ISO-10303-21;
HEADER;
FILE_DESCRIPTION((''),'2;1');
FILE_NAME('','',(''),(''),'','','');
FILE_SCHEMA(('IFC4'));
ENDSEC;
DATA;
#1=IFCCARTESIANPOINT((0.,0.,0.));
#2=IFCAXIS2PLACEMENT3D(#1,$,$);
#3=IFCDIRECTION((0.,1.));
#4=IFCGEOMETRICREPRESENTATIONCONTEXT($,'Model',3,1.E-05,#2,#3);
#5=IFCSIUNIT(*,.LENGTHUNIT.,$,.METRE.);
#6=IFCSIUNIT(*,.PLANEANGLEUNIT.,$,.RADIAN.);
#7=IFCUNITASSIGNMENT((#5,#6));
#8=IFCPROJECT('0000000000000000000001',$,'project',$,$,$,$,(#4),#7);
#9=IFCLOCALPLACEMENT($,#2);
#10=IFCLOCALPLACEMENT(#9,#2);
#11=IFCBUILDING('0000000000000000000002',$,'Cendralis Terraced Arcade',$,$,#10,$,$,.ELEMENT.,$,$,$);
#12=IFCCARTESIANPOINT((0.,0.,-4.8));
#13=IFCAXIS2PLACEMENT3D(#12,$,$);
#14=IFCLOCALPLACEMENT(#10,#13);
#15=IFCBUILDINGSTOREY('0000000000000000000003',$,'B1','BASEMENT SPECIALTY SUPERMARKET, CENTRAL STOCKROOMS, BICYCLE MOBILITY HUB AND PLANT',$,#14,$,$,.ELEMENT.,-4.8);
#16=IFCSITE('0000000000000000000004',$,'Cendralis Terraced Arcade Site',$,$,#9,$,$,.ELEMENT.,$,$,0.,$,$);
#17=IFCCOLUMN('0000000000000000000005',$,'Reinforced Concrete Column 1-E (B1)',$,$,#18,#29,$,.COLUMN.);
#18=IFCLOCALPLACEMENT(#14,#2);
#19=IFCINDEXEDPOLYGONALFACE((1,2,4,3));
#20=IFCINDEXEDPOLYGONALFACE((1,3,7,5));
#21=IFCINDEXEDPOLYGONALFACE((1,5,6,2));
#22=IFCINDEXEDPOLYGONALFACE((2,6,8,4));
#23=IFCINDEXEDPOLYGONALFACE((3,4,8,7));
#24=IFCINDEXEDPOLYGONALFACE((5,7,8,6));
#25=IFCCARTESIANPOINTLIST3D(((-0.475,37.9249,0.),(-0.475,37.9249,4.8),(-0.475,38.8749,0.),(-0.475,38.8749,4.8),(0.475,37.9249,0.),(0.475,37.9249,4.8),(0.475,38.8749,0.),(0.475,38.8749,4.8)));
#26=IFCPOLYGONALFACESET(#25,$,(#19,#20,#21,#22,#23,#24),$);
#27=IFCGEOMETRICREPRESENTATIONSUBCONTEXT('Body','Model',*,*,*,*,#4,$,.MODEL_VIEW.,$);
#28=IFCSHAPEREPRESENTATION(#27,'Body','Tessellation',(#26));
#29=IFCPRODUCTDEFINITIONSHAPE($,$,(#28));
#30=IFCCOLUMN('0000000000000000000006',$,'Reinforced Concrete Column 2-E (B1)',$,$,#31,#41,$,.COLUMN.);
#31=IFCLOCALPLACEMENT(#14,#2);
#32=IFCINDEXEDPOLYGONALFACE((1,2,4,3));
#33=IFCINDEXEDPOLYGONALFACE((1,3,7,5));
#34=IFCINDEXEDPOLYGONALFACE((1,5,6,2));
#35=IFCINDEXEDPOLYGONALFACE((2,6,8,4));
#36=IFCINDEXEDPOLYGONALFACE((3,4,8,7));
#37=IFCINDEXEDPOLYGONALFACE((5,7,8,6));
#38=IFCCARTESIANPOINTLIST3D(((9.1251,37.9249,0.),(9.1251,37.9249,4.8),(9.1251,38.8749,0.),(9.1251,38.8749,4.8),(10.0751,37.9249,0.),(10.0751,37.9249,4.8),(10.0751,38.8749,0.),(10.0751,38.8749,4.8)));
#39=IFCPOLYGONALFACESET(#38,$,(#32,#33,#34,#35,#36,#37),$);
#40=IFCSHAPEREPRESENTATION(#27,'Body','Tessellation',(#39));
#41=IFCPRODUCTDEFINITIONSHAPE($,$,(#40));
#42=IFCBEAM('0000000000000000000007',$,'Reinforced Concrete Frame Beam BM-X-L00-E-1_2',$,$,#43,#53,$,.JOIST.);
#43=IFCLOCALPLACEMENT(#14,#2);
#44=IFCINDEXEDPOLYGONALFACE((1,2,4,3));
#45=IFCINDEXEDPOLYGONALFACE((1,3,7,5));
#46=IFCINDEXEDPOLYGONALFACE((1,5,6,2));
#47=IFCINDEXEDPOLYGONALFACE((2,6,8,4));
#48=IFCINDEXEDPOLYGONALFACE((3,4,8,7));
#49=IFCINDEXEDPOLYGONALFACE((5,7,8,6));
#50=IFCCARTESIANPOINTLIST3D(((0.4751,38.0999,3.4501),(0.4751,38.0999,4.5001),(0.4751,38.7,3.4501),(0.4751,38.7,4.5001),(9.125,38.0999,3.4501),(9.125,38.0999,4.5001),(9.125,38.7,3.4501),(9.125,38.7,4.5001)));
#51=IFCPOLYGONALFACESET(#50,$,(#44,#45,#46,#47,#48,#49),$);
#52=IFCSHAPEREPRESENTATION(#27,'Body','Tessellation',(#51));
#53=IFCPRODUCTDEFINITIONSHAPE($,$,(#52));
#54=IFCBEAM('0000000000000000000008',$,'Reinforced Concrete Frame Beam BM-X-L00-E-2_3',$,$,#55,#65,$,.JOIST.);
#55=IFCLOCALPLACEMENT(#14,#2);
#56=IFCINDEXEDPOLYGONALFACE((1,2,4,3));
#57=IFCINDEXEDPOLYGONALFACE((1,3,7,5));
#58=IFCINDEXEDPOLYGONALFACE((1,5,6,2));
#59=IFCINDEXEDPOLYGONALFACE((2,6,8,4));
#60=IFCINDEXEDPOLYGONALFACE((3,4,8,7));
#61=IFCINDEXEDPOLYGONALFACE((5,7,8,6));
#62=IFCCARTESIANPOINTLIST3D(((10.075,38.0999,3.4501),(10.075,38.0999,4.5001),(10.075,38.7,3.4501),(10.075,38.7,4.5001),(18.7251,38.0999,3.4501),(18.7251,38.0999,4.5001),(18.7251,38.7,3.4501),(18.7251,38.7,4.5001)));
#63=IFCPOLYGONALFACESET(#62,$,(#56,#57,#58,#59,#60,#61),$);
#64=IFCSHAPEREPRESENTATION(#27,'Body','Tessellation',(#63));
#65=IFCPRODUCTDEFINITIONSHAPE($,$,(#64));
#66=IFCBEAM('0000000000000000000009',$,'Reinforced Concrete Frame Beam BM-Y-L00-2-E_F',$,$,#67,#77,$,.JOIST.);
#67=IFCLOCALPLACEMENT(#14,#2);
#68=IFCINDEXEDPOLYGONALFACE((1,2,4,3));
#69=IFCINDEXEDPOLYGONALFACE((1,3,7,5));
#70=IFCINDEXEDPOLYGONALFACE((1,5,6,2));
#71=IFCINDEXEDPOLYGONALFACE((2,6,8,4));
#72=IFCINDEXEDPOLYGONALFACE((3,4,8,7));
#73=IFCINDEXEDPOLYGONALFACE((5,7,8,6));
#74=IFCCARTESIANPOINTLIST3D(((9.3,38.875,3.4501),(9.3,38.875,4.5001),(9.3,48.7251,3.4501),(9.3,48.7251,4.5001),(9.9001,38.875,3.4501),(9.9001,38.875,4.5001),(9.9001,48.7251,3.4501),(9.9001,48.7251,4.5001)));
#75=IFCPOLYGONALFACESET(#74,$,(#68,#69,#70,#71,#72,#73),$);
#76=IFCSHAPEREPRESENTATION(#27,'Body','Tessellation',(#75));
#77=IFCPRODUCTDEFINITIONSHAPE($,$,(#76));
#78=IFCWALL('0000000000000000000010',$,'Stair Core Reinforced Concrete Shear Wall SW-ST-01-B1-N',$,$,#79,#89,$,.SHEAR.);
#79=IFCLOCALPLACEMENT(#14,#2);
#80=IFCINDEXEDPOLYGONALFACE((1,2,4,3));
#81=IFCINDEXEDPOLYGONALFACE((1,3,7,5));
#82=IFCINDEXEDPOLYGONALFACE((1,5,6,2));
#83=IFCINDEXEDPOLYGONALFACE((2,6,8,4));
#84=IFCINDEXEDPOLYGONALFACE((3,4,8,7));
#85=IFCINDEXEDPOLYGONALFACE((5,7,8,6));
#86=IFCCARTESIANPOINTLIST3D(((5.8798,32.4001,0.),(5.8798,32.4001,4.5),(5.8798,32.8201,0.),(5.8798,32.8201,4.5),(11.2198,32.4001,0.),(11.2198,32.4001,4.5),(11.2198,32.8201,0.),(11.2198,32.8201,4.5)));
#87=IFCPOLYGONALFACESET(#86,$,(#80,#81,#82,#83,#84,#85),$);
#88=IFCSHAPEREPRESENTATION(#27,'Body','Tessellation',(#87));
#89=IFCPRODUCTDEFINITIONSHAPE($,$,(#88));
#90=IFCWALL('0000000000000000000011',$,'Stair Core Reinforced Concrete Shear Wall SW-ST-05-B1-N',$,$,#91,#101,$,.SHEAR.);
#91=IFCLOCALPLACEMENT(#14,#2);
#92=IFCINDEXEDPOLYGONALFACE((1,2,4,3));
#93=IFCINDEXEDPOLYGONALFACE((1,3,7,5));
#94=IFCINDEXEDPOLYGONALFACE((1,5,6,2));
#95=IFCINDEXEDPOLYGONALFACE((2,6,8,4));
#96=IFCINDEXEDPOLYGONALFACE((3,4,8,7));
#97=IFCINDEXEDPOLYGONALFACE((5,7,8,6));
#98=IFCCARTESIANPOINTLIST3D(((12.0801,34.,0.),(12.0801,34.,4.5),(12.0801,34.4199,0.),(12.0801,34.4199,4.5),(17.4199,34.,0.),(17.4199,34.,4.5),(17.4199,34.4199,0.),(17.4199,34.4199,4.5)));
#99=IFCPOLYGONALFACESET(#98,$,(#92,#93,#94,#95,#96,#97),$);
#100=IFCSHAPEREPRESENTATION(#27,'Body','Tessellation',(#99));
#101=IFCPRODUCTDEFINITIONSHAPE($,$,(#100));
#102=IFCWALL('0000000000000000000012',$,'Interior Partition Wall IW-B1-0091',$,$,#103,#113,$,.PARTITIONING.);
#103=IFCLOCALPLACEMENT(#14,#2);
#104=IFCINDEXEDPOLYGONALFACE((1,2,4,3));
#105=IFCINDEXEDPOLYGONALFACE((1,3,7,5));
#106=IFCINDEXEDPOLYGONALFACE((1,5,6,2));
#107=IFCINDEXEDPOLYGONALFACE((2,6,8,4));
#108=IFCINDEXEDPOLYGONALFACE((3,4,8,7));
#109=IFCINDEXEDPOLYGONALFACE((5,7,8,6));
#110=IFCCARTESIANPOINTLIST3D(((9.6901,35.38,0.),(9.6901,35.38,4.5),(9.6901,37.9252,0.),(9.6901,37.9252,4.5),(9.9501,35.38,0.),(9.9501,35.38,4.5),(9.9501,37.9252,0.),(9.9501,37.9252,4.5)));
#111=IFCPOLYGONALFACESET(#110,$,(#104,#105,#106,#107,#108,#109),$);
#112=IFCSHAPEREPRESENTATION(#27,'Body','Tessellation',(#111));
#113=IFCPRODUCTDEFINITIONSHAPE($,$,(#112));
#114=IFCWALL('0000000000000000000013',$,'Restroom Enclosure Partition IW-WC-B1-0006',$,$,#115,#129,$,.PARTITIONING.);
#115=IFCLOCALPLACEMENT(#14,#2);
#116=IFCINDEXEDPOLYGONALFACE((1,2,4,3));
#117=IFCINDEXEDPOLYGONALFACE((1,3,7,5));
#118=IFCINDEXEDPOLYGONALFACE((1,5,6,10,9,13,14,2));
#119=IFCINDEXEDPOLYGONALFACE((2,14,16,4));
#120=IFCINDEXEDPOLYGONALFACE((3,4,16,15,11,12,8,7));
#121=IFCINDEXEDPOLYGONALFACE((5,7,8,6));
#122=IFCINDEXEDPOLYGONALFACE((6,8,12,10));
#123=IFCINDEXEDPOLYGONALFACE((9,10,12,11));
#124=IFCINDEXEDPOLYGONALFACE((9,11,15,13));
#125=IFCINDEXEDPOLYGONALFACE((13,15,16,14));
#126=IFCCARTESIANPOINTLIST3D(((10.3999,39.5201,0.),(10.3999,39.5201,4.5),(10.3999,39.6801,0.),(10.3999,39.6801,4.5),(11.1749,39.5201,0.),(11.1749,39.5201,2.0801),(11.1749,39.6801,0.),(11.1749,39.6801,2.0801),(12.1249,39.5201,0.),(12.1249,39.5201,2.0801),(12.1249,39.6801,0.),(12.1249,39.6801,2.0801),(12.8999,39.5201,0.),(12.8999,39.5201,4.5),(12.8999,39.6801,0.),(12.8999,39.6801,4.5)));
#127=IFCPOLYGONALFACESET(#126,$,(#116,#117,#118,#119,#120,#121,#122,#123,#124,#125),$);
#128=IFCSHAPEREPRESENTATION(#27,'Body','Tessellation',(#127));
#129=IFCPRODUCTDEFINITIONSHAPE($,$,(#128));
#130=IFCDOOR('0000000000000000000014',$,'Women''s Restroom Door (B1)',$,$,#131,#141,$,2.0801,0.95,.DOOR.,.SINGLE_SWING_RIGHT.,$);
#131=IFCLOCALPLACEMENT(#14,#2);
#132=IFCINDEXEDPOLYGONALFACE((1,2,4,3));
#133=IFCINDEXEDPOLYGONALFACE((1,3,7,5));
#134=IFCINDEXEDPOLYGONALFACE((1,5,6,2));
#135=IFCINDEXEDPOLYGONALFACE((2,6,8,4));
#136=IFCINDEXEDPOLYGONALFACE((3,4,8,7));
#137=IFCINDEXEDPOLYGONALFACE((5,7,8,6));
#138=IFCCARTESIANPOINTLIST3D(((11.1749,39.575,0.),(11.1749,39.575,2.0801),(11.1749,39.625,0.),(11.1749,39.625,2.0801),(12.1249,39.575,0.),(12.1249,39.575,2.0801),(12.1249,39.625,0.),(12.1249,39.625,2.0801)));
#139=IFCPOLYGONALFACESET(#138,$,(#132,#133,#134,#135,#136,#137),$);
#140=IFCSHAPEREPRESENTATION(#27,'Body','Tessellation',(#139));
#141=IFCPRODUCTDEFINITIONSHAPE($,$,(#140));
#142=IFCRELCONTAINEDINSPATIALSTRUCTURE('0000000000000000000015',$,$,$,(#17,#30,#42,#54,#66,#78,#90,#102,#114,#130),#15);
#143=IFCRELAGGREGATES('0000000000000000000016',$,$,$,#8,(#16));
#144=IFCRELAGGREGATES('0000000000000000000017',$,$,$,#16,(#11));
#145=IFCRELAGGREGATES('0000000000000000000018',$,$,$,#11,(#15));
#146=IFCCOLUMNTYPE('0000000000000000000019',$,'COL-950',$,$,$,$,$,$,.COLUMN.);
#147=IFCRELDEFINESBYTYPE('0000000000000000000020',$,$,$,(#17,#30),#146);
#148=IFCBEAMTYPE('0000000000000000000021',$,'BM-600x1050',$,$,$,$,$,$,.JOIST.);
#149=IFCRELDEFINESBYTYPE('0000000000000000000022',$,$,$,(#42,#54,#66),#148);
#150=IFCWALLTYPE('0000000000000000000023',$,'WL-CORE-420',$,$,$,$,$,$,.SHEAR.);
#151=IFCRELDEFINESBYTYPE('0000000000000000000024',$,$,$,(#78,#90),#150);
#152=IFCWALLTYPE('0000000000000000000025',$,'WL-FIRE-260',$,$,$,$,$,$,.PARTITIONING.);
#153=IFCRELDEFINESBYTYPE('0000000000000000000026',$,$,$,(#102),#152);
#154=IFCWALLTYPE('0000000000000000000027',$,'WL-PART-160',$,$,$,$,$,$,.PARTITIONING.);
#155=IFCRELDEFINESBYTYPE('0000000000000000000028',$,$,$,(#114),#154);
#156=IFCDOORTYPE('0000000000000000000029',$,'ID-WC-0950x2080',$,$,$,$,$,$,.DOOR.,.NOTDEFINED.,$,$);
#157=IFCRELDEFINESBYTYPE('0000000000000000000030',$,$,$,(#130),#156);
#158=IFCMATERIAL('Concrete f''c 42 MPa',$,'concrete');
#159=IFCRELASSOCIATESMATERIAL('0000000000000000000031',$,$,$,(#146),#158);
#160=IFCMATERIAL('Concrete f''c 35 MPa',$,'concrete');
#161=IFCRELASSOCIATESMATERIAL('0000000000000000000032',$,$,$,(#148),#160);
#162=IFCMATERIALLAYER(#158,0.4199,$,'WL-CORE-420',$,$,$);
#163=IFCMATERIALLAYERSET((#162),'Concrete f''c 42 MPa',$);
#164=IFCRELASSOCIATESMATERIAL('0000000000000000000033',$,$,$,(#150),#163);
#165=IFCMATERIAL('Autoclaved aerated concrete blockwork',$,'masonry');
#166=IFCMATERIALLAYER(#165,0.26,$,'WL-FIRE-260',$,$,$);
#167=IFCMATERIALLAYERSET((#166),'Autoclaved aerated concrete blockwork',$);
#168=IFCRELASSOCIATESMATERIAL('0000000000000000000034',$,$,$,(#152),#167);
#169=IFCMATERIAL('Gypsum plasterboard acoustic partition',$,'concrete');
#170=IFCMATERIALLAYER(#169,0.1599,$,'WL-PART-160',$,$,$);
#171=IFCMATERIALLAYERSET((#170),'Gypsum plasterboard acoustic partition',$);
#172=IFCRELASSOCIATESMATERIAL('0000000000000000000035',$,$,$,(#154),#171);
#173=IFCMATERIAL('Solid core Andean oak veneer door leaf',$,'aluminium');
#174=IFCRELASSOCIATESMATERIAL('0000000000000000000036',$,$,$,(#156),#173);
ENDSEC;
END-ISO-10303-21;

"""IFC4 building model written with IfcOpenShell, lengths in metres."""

from ifc_helpers import new_model, si_unit, direction, frame, frame_2d, origin, origin_2d, place, context, subcontext, project, spatial, rectangle, extrude, material, layer, layer_set, material_profile, profile_set, type_object, element, fill, save


model = new_model("IFC4")

# Units and contexts
model_context = context("Model", 3, precision=1e-05, world=origin(), true_north=direction((0.0, 1.0)))
body_context = subcontext(model_context, "Body", "Model", "MODEL_VIEW")
ifc_project = project(units=[si_unit("LENGTHUNIT", "METRE"), si_unit("PLANEANGLEUNIT", "RADIAN")], contexts=[model_context])

# Site, building, storey
site_placement = place(None, origin())
site = spatial("IfcSite", under=ifc_project, at=site_placement, Name="Cendralis Terraced Arcade Site", CompositionType="ELEMENT", RefElevation=0.0)
building_placement = place(site_placement, origin())
building = spatial("IfcBuilding", under=site, at=building_placement, Name="Cendralis Terraced Arcade", CompositionType="ELEMENT")
storey_placement = place(building_placement, frame((0.0, 0.0, -4.8)))
storey = spatial("IfcBuildingStorey", under=building, at=storey_placement, Name="B1", Description="BASEMENT SPECIALTY SUPERMARKET, CENTRAL STOCKROOMS, BICYCLE MOBILITY HUB AND PLANT", CompositionType="ELEMENT", Elevation=-4.8)

# Shared definitions
ifc_material_1 = material(Name="Concrete f'c 35 MPa", Category="concrete")

# Columns
ifc_material_2 = material(Name="Concrete f'c 42 MPa", Category="concrete")
ifc_material_profile_1 = material_profile(ifc_material_2, rectangle(XDim=0.95, YDim=0.95, at=origin_2d()), Name="RC-COL-950x950", Category="LoadBearing")
ifc_profile_set_1 = profile_set([ifc_material_profile_1], Name="Concrete f'c 42 MPa")
column_type = type_object("IfcColumnType", Name="COL-950", PredefinedType="COLUMN", material=ifc_profile_set_1)
for number, where, z_axis, x_axis, name in (
    (1, (0.0, 38.3999, 0.0), (0.0, 0.0, 1.0), (1.0, 0.0, 0.0), "Reinforced Concrete Column 1-E (B1)"),
    (2, (9.6001, 38.3999, 0.0), (0.0, 0.0, 1.0), (1.0, 0.0, 0.0), "Reinforced Concrete Column 2-E (B1)"),
):
    element("IfcColumn", number, at=place(storey_placement, frame(where, z_axis=z_axis, x_axis=x_axis)), inside=storey, type_object=column_type, Name=name, PredefinedType="COLUMN", context=body_context, shape_type="SweptSolid", body=[
        extrude(rectangle(XDim=0.95, YDim=0.95, at=origin_2d()), origin(), (0.0, 0.0, 1.0), 4.8),
    ])

# Beams
ifc_material_profile_2 = material_profile(ifc_material_1, rectangle(XDim=0.6001, YDim=1.05, at=origin_2d()), Name="RC-BM-600x1050", Category="LoadBearing")
ifc_profile_set_2 = profile_set([ifc_material_profile_2], Name="Concrete f'c 35 MPa")
beam_type = type_object("IfcBeamType", Name="BM-600x1050", PredefinedType="JOIST", material=ifc_profile_set_2)
beam_1_placement = place(storey_placement, frame((0.4751, 38.3999, 3.9751), z_axis=(1.0, 0.0, 0.0), x_axis=(0.0, 1.0, 0.0)))
element("IfcBeam", 3, at=beam_1_placement, inside=storey, type_object=beam_type, Name="Reinforced Concrete Frame Beam BM-X-L00-E-1_2", PredefinedType="JOIST", context=body_context, shape_type="SweptSolid", body=[
    extrude(rectangle(XDim=0.6001, YDim=1.05, at=origin_2d()), origin(), (0.0, 0.0, 1.0), 8.6499),
])
beam_2_placement = place(storey_placement, frame((10.075, 38.3999, 3.9751), z_axis=(1.0, 0.0, 0.0), x_axis=(0.0, 1.0, 0.0)))
element("IfcBeam", 4, at=beam_2_placement, inside=storey, type_object=beam_type, Name="Reinforced Concrete Frame Beam BM-X-L00-E-2_3", PredefinedType="JOIST", context=body_context, shape_type="SweptSolid", body=[
    extrude(rectangle(XDim=0.6001, YDim=1.05, at=origin_2d()), origin(), (0.0, 0.0, 1.0), 8.6501),
])
beam_3_placement = place(storey_placement, frame((9.6001, 38.875, 3.9751), z_axis=(0.0, 1.0, 0.0), x_axis=(-1.0, 0.0, 0.0)))
element("IfcBeam", 5, at=beam_3_placement, inside=storey, type_object=beam_type, Name="Reinforced Concrete Frame Beam BM-Y-L00-2-E_F", PredefinedType="JOIST", context=body_context, shape_type="SweptSolid", body=[
    extrude(rectangle(XDim=0.6001, YDim=1.05, at=origin_2d()), origin(), (0.0, 0.0, 1.0), 9.8501),
])

# Walls
ifc_layer_1 = layer(ifc_material_2, 0.4199, Name="WL-CORE-420")
ifc_layer_set_1 = layer_set([ifc_layer_1], Name="Concrete f'c 42 MPa")
wall_type_1 = type_object("IfcWallType", Name="WL-CORE-420", PredefinedType="SHEAR", material=ifc_layer_set_1)
wall_1_placement = place(storey_placement, frame((5.8799, 32.6101, 0.0), z_axis=(0.0, 0.0, 1.0), x_axis=(1.0, 0.0, 0.0)))
element("IfcWall", 6, at=wall_1_placement, inside=storey, type_object=wall_type_1, Name="Stair Core Reinforced Concrete Shear Wall SW-ST-01-B1-N", PredefinedType="SHEAR", context=body_context, shape_type="SweptSolid", body=[
    extrude(rectangle(XDim=5.3401, YDim=0.4199, at=frame_2d((2.6699, 0.0))), origin(), (0.0, 0.0, 1.0), 4.5),
])
wall_2_placement = place(storey_placement, frame((12.0801, 34.21, 0.0), z_axis=(0.0, 0.0, 1.0), x_axis=(1.0, 0.0, 0.0)))
element("IfcWall", 7, at=wall_2_placement, inside=storey, type_object=wall_type_1, Name="Stair Core Reinforced Concrete Shear Wall SW-ST-05-B1-N", PredefinedType="SHEAR", context=body_context, shape_type="SweptSolid", body=[
    extrude(rectangle(XDim=5.3398, YDim=0.4199, at=frame_2d((2.6699, 0.0))), origin(), (0.0, 0.0, 1.0), 4.5),
])
ifc_material_3 = material(Name="Autoclaved aerated concrete blockwork", Category="masonry")
ifc_layer_2 = layer(ifc_material_3, 0.26, Name="WL-FIRE-260")
ifc_layer_set_2 = layer_set([ifc_layer_2], Name="Autoclaved aerated concrete blockwork")
wall_type_2 = type_object("IfcWallType", Name="WL-FIRE-260", PredefinedType="PARTITIONING", material=ifc_layer_set_2)
wall_3_placement = place(storey_placement, frame((9.8201, 37.925, 0.0), z_axis=(0.0, 0.0, 1.0), x_axis=(0.0, -1.0, 0.0)))
element("IfcWall", 8, at=wall_3_placement, inside=storey, type_object=wall_type_2, Name="Interior Partition Wall IW-B1-0091", PredefinedType="PARTITIONING", context=body_context, shape_type="SweptSolid", body=[
    extrude(rectangle(XDim=2.5452, YDim=0.26, at=frame_2d((1.2725, 0.0))), origin(), (0.0, 0.0, 1.0), 4.5),
])

# Wall, opening, door
ifc_material_4 = material(Name="Gypsum plasterboard acoustic partition", Category="concrete")
ifc_layer_3 = layer(ifc_material_4, 0.1599, Name="WL-PART-160")
ifc_layer_set_3 = layer_set([ifc_layer_3], Name="Gypsum plasterboard acoustic partition")
wall_type_3 = type_object("IfcWallType", Name="WL-PART-160", PredefinedType="PARTITIONING", material=ifc_layer_set_3)
wall_4_placement = place(storey_placement, frame((10.3999, 39.6001, 0.0), z_axis=(0.0, 0.0, 1.0), x_axis=(1.0, 0.0, 0.0)))
wall_4 = element("IfcWall", 9, at=wall_4_placement, inside=storey, type_object=wall_type_3, Name="Restroom Enclosure Partition IW-WC-B1-0006", PredefinedType="PARTITIONING", context=body_context, shape_type="SweptSolid", body=[
    extrude(rectangle(XDim=2.5, YDim=0.1599, at=frame_2d((1.25, 0.0))), origin(), (0.0, 0.0, 1.0), 4.5),
])
opening_placement = place(wall_4_placement, frame((0.7749, 0.0, 0.0)))
opening = element("IfcOpeningElement", 10, at=opening_placement, cuts=wall_4, PredefinedType="OPENING", context=body_context, shape_type="SweptSolid", body=[
    extrude(rectangle(XDim=0.95, YDim=2.0801, at=frame_2d((0.4751, 1.04))), frame((0.0, 0.0918, 0.0), z_axis=(0.0, -1.0, 0.0), x_axis=(1.0, 0.0, 0.0)), (0.0, 0.0, 1.0), 0.1838),
])
ifc_material_5 = material(Name="Solid core Andean oak veneer door leaf", Category="aluminium")
door_type = type_object("IfcDoorType", Name="ID-WC-0950x2080", OperationType="NOTDEFINED", PredefinedType="DOOR", material=ifc_material_5)
door_placement = place(opening_placement, origin())
door = element("IfcDoor", 11, at=door_placement, inside=storey, type_object=door_type, Name="Women's Restroom Door (B1)", OperationType="SINGLE_SWING_RIGHT", OverallHeight=2.0801, OverallWidth=0.95, PredefinedType="DOOR", context=body_context, shape_type="SweptSolid", body=[
    extrude(rectangle(XDim=0.95, YDim=2.0801, at=frame_2d((0.4751, 1.04))), frame((0.0, 0.0249, 0.0), z_axis=(0.0, -1.0, 0.0), x_axis=(1.0, 0.0, 0.0)), (0.0, 0.0, 1.0), 0.05),
])
fill(opening, door)

save(model, "model.ifc")
